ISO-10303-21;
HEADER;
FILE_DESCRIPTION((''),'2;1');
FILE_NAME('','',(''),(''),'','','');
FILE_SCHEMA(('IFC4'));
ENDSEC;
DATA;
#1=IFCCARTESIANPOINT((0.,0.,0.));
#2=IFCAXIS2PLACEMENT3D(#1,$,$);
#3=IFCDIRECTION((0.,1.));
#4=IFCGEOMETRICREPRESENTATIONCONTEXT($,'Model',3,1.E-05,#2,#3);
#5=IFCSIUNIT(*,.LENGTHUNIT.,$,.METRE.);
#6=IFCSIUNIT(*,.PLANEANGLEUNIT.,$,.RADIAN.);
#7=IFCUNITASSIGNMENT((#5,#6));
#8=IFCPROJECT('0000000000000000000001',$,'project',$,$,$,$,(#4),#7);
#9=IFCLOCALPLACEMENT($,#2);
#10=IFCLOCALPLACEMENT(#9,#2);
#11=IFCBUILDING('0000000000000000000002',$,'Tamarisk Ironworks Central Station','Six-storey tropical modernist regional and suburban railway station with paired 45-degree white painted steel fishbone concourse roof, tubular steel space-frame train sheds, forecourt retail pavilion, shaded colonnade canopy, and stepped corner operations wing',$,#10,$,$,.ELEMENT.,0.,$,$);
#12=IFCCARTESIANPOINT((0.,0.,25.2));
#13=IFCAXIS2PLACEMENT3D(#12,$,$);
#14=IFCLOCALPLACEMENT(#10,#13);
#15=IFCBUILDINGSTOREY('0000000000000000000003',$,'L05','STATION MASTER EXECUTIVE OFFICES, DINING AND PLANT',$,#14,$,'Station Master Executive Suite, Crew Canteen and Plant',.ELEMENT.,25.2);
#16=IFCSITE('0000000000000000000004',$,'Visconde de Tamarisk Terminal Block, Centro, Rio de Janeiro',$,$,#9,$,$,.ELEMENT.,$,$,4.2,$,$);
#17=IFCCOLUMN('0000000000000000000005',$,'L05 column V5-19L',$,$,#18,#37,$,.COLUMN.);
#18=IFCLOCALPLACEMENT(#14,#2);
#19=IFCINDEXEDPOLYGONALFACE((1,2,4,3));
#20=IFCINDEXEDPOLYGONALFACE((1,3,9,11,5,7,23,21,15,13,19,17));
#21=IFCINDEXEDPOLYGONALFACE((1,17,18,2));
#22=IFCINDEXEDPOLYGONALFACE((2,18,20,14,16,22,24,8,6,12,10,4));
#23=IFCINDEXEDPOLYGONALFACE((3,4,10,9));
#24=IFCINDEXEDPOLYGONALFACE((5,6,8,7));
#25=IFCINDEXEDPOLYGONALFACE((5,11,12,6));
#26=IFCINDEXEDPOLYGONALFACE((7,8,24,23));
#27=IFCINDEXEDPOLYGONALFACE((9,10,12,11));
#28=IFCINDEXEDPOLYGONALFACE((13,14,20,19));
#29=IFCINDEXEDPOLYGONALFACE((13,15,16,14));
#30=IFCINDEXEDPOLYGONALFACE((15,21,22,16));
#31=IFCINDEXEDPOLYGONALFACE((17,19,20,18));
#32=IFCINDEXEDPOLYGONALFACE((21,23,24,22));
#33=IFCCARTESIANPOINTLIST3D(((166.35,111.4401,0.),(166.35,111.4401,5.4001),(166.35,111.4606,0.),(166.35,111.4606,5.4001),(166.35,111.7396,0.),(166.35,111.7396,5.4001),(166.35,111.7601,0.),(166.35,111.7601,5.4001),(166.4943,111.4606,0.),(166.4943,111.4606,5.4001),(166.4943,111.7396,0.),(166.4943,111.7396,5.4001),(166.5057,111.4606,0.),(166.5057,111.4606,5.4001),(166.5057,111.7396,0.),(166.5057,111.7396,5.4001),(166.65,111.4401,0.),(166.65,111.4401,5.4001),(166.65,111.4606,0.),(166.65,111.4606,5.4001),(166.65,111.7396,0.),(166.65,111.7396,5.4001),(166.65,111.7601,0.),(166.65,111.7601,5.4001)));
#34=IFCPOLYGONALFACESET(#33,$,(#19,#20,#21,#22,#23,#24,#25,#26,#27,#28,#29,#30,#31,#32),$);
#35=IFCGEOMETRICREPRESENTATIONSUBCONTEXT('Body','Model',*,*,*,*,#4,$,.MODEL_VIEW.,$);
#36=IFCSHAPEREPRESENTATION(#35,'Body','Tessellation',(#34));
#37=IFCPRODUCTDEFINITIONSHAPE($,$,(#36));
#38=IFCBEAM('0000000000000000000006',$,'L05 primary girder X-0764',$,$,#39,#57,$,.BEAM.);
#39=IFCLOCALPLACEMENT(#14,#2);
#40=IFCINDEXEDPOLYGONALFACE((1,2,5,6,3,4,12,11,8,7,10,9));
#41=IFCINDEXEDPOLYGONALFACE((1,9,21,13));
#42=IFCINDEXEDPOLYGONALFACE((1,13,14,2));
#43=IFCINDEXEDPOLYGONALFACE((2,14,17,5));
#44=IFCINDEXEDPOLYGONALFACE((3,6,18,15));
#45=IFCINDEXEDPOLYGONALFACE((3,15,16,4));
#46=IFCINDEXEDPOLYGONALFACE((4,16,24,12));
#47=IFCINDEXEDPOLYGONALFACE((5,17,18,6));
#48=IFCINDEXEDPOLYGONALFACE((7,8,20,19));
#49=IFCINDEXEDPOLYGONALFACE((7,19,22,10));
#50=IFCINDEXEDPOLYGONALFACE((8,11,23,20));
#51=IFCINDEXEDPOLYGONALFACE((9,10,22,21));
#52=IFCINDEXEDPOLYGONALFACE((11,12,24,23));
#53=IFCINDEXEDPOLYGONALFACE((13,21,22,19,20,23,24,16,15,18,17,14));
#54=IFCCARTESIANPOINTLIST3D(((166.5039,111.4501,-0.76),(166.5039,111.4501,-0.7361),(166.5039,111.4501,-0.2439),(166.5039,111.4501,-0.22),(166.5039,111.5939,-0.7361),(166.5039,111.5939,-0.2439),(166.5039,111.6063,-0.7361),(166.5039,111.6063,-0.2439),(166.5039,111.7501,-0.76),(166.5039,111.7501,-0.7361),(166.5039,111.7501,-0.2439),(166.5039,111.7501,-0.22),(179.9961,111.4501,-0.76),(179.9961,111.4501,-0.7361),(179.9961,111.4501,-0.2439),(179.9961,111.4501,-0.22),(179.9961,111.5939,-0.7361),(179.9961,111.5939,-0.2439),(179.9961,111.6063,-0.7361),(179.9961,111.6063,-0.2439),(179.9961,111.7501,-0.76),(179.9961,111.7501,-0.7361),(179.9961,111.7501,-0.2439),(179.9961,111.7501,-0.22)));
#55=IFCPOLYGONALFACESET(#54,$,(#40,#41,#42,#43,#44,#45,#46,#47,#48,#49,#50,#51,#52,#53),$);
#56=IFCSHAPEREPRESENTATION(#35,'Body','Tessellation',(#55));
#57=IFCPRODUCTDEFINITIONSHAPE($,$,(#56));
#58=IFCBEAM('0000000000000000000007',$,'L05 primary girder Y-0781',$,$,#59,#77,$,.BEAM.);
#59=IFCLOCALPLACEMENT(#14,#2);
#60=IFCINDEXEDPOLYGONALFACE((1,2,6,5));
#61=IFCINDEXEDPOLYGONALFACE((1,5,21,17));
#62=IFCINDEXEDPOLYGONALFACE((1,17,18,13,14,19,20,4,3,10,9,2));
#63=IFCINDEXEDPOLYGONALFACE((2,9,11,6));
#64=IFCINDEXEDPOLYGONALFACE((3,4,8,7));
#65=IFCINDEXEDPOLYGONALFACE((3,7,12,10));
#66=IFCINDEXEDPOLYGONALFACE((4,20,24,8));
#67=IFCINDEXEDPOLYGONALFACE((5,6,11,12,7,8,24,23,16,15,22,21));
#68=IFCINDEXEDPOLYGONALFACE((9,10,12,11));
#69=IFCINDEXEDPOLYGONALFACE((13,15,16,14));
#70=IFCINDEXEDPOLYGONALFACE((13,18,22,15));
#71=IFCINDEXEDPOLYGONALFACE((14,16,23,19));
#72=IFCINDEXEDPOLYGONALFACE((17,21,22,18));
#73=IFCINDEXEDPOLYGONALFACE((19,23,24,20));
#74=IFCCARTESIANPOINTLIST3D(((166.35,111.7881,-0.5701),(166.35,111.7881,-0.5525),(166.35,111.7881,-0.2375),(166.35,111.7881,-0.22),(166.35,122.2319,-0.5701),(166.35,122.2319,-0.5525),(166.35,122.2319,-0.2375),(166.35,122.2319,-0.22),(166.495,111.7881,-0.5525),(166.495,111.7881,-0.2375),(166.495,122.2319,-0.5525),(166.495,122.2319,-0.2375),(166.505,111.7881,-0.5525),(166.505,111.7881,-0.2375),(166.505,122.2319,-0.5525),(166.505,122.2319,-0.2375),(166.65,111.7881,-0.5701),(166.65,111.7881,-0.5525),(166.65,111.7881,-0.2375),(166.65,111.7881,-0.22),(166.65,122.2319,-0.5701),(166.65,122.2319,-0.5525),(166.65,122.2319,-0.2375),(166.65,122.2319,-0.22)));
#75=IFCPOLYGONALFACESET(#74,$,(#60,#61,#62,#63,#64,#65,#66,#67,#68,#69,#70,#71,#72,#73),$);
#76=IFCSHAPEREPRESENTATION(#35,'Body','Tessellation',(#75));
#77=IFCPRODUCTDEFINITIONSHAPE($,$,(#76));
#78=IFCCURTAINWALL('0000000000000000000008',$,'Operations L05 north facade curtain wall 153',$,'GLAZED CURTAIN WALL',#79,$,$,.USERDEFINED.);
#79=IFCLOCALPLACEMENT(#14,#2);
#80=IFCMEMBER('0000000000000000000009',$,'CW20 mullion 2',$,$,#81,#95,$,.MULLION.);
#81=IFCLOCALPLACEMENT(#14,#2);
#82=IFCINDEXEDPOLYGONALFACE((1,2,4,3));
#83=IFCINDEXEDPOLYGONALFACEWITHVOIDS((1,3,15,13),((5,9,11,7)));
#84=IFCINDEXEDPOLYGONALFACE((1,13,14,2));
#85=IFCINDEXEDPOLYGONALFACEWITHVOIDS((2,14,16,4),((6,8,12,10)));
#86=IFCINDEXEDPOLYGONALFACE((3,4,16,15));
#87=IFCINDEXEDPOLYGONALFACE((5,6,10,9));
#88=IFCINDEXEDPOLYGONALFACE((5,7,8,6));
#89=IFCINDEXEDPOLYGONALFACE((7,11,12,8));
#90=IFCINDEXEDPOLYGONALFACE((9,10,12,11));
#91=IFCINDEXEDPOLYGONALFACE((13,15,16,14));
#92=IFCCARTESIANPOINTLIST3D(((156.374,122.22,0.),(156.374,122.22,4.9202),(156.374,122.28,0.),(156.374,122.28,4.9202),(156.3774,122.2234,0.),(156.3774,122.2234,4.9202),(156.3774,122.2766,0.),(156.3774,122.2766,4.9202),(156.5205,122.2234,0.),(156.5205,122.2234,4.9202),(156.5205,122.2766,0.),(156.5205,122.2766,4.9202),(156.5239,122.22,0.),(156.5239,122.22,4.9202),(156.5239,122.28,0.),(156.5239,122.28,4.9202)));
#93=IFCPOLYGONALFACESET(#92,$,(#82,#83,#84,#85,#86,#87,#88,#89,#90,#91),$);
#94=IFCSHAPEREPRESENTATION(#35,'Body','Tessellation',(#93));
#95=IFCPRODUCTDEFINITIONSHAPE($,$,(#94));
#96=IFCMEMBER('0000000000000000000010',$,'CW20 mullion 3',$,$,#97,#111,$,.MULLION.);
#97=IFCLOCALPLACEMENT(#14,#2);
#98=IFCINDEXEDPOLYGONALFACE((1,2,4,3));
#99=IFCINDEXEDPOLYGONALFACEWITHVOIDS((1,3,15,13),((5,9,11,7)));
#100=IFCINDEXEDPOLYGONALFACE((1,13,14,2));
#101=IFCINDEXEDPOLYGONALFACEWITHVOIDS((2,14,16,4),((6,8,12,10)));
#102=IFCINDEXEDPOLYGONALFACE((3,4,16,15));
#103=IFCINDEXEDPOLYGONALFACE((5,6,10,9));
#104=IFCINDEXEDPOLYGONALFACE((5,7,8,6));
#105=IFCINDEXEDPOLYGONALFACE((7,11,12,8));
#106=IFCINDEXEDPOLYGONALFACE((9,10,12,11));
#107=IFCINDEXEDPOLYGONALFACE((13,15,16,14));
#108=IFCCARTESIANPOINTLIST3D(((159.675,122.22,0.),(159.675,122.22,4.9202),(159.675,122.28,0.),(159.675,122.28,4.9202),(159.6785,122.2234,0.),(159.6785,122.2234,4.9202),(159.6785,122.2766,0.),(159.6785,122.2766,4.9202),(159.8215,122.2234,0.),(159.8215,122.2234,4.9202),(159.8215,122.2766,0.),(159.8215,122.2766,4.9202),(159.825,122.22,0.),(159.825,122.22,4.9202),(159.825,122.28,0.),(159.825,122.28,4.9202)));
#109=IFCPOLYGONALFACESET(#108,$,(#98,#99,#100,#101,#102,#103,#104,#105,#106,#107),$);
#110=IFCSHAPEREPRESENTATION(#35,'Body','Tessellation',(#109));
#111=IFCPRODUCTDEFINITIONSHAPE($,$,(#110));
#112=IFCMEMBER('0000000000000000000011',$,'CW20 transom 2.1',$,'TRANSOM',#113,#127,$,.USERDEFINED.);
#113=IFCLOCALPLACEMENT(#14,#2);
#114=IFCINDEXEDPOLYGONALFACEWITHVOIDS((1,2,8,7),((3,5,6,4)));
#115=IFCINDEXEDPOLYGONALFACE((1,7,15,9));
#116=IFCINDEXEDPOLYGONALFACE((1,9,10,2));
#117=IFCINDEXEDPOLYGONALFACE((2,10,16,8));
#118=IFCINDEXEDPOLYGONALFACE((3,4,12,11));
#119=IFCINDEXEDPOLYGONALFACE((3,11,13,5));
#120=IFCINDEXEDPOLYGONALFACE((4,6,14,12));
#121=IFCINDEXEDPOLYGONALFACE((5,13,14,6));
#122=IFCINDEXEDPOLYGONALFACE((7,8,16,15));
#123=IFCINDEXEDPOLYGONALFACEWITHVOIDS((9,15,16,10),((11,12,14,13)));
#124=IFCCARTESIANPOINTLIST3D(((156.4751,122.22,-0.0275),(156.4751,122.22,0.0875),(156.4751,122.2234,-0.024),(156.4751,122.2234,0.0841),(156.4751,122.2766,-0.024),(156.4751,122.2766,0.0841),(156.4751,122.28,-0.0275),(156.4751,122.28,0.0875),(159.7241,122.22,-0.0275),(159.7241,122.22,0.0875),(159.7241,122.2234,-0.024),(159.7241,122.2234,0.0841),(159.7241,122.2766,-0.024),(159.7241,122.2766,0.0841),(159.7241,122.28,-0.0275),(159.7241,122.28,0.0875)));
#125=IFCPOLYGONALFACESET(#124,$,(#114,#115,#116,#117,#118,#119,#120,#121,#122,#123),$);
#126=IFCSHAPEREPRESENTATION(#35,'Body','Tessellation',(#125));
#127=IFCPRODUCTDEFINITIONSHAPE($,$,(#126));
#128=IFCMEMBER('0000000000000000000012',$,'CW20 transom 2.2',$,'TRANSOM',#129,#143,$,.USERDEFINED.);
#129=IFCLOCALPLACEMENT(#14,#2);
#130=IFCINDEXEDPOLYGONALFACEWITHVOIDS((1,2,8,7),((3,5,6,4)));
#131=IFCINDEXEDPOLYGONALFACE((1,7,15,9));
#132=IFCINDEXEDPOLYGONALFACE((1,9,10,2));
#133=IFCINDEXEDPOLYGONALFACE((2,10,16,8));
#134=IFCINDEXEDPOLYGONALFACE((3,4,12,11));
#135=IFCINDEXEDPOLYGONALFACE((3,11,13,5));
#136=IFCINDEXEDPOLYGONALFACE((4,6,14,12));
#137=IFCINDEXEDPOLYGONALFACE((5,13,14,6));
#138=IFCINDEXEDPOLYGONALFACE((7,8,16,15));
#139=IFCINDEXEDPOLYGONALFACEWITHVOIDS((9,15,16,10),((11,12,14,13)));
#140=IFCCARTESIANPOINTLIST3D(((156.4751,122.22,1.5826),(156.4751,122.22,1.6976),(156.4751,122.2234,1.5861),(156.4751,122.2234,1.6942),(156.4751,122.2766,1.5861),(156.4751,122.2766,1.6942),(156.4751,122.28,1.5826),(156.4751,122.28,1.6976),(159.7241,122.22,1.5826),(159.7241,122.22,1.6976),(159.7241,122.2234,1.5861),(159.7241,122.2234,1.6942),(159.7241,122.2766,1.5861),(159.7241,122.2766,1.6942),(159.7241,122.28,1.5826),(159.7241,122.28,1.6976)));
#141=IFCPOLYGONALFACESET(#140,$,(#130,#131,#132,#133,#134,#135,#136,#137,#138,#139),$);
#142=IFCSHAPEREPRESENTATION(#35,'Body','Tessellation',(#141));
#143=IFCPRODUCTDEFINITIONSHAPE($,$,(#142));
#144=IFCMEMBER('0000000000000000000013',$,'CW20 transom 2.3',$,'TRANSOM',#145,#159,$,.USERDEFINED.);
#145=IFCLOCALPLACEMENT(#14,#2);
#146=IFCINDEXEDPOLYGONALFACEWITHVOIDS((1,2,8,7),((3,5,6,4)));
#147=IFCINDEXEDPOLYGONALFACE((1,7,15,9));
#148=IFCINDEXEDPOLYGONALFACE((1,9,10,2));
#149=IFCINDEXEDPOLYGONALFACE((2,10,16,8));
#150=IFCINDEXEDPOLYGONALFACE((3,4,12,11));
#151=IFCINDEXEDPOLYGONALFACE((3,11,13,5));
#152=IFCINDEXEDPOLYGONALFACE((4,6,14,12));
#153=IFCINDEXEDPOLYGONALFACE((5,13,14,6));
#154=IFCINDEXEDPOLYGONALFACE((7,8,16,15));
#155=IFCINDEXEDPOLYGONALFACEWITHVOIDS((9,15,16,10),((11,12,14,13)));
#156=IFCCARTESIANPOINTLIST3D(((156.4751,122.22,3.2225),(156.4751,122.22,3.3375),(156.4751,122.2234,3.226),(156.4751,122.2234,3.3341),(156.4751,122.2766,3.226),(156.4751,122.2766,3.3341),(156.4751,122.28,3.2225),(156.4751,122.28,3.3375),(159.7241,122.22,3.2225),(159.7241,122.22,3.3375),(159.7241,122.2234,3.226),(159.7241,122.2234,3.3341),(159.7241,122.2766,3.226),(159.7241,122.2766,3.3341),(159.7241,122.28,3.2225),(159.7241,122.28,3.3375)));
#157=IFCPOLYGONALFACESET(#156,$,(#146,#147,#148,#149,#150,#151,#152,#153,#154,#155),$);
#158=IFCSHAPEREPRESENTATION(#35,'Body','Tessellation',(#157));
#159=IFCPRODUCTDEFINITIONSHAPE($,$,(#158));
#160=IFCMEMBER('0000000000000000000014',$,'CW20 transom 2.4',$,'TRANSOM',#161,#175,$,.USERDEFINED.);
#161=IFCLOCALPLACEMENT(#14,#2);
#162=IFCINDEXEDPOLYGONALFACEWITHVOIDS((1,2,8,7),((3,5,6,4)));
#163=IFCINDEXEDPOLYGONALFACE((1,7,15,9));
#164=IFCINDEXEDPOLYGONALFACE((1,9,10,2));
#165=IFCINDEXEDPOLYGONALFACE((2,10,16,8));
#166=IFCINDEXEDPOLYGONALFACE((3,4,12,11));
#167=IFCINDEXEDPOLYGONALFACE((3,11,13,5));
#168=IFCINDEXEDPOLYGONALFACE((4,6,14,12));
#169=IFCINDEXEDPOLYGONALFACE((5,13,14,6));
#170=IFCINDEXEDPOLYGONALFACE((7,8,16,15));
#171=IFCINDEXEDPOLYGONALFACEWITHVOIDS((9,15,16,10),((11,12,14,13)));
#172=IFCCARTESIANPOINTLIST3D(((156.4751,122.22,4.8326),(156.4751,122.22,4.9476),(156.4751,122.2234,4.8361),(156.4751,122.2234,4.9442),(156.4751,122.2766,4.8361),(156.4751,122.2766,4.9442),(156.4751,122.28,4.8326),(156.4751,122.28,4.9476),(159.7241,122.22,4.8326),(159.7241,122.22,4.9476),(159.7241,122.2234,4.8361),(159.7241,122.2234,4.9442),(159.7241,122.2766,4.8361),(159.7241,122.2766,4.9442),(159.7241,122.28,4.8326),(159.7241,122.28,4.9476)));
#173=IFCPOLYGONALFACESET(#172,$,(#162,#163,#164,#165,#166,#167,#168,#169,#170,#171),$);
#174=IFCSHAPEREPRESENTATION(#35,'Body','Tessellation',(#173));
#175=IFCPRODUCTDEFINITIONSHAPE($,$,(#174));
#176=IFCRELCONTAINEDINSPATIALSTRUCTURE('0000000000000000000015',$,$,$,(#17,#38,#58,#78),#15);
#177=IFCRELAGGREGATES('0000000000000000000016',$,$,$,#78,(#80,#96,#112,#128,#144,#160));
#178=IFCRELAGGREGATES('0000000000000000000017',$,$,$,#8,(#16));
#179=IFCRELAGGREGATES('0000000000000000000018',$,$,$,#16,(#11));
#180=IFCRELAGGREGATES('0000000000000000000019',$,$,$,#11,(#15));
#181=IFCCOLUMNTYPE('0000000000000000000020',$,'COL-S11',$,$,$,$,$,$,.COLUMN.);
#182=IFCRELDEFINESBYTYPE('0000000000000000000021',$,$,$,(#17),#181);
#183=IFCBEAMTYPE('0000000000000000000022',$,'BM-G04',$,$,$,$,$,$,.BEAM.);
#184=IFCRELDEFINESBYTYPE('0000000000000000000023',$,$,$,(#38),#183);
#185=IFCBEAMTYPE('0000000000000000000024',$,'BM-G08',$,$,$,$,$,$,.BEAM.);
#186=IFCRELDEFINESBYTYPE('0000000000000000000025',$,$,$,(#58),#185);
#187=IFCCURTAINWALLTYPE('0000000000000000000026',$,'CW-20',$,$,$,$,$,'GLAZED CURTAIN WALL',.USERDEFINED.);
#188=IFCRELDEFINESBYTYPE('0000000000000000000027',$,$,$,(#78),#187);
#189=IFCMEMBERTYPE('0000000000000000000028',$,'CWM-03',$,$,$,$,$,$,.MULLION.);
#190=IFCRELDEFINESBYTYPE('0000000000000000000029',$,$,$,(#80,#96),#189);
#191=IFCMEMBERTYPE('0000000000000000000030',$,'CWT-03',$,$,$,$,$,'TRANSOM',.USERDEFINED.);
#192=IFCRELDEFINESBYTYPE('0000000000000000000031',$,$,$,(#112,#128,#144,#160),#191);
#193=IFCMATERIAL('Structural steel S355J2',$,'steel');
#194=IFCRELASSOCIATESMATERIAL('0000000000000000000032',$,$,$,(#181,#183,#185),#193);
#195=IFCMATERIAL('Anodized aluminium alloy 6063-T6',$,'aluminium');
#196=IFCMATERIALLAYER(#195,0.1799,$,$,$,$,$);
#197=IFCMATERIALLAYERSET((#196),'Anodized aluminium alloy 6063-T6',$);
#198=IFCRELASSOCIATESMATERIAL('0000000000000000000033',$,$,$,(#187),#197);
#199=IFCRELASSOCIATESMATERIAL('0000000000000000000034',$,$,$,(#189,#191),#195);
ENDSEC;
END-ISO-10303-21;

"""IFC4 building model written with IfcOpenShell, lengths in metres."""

from ifc_helpers import new_model, si_unit, direction, frame, origin, origin_2d, place, context, subcontext, project, spatial, hollow_rectangle, i_section, extrude, material, layer, layer_set, material_profile, profile_set, type_object, element, aggregate, save


model = new_model("IFC4")

# Units and contexts
model_context = context("Model", 3, precision=1e-05, world=origin(), true_north=direction((0.0, 1.0)))
body_context = subcontext(model_context, "Body", "Model", "MODEL_VIEW")
ifc_project = project(units=[si_unit("LENGTHUNIT", "METRE"), si_unit("PLANEANGLEUNIT", "RADIAN")], contexts=[model_context])

# Site, building, storey
site_placement = place(None, origin())
site = spatial("IfcSite", under=ifc_project, at=site_placement, Name="Visconde de Tamarisk Terminal Block, Centro, Rio de Janeiro", CompositionType="ELEMENT", RefElevation=4.2)
building_placement = place(site_placement, origin())
building = spatial("IfcBuilding", under=site, at=building_placement, Name="Tamarisk Ironworks Central Station", Description="Six-storey tropical modernist regional and suburban railway station with paired 45-degree white painted steel fishbone concourse roof, tubular steel space-frame train sheds, forecourt retail pavilion, shaded colonnade canopy, and stepped corner operations wing", CompositionType="ELEMENT", ElevationOfRefHeight=0.0)
storey_placement = place(building_placement, frame((0.0, 0.0, 25.2)))
storey = spatial("IfcBuildingStorey", under=building, at=storey_placement, Name="L05", Description="STATION MASTER EXECUTIVE OFFICES, DINING AND PLANT", LongName="Station Master Executive Suite, Crew Canteen and Plant", CompositionType="ELEMENT", Elevation=25.2)

# Column
ifc_material_1 = material(Name="Structural steel S355J2", Category="steel")
ifc_material_profile_1 = material_profile(ifc_material_1, i_section(OverallWidth=0.3, OverallDepth=0.3201, WebThickness=0.0115, FlangeThickness=0.0205, at=origin_2d()), Name="HEB 320")
ifc_profile_set_1 = profile_set([ifc_material_profile_1], Name="Structural steel S355J2")
column_type = type_object("IfcColumnType", Name="COL-S11", PredefinedType="COLUMN", material=ifc_profile_set_1)
column_placement = place(storey_placement, frame((166.5, 111.6001, 0.0), z_axis=(0.0, 0.0, 1.0), x_axis=(1.0, 0.0, 0.0)))
element("IfcColumn", 1, at=column_placement, inside=storey, type_object=column_type, Name="L05 column V5-19L", PredefinedType="COLUMN", context=body_context, shape_type="SweptSolid", body=[
    extrude(i_section(OverallWidth=0.3, OverallDepth=0.3201, WebThickness=0.0115, FlangeThickness=0.0205, at=origin_2d()), origin(), (0.0, 0.0, 1.0), 5.4001),
])

# Beams
ifc_material_profile_2 = material_profile(ifc_material_1, i_section(OverallWidth=0.3, OverallDepth=0.54, WebThickness=0.0125, FlangeThickness=0.0239, at=origin_2d()), Name="HEA 550")
ifc_profile_set_2 = profile_set([ifc_material_profile_2], Name="Structural steel S355J2")
beam_type_1 = type_object("IfcBeamType", Name="BM-G04", PredefinedType="BEAM", material=ifc_profile_set_2)
beam_1_placement = place(storey_placement, frame((166.5039, 111.6001, -0.49), z_axis=(1.0, 0.0, 0.0), x_axis=(0.0, 1.0, 0.0)))
element("IfcBeam", 2, at=beam_1_placement, inside=storey, type_object=beam_type_1, Name="L05 primary girder X-0764", PredefinedType="BEAM", context=body_context, shape_type="SweptSolid", body=[
    extrude(i_section(OverallWidth=0.3, OverallDepth=0.54, WebThickness=0.0125, FlangeThickness=0.0239, at=origin_2d()), origin(), (0.0, 0.0, 1.0), 13.4922),
])
ifc_material_profile_3 = material_profile(ifc_material_1, i_section(OverallWidth=0.3, OverallDepth=0.3501, WebThickness=0.01, FlangeThickness=0.0176, at=origin_2d()), Name="HEA 360")
ifc_profile_set_3 = profile_set([ifc_material_profile_3], Name="Structural steel S355J2")
beam_type_2 = type_object("IfcBeamType", Name="BM-G08", PredefinedType="BEAM", material=ifc_profile_set_3)
beam_2_placement = place(storey_placement, frame((166.5, 111.7881, -0.395), z_axis=(0.0, 1.0, 0.0), x_axis=(-1.0, 0.0, 0.0)))
element("IfcBeam", 3, at=beam_2_placement, inside=storey, type_object=beam_type_2, Name="L05 primary girder Y-0781", PredefinedType="BEAM", context=body_context, shape_type="SweptSolid", body=[
    extrude(i_section(OverallWidth=0.3, OverallDepth=0.3501, WebThickness=0.01, FlangeThickness=0.0176, at=origin_2d()), origin(), (0.0, 0.0, 1.0), 10.4438),
])

# Curtain wall, members
ifc_material_2 = material(Name="Anodized aluminium alloy 6063-T6", Category="aluminium")
ifc_layer_1 = layer(ifc_material_2, 0.1799)
ifc_layer_set_1 = layer_set([ifc_layer_1], Name="Anodized aluminium alloy 6063-T6")
curtain_wall_type = type_object("IfcCurtainWallType", Name="CW-20", ElementType="GLAZED CURTAIN WALL", PredefinedType="USERDEFINED", material=ifc_layer_set_1)
curtain_wall_placement = place(storey_placement, origin())
curtain_wall = element("IfcCurtainWall", 4, at=curtain_wall_placement, inside=storey, type_object=curtain_wall_type, Name="Operations L05 north facade curtain wall 153", ObjectType="GLAZED CURTAIN WALL", PredefinedType="USERDEFINED")
ifc_material_profile_4 = material_profile(ifc_material_2, hollow_rectangle(XDim=0.0601, YDim=0.1499, WallThickness=0.0034, at=origin_2d()), Name="ALUM 150x60")
ifc_profile_set_4 = profile_set([ifc_material_profile_4], Name="Anodized aluminium alloy 6063-T6")
member_type_1 = type_object("IfcMemberType", Name="CWM-03", PredefinedType="MULLION", material=ifc_profile_set_4)
member_1_placement = place(storey_placement, frame((156.449, 122.25, 0.0), z_axis=(0.0, 0.0, 1.0), x_axis=(0.0, 1.0, 0.0)))
member_1 = element("IfcMember", 5, at=member_1_placement, type_object=member_type_1, Name="CW20 mullion 2", PredefinedType="MULLION", context=body_context, shape_type="SweptSolid", body=[
    extrude(hollow_rectangle(XDim=0.0601, YDim=0.1499, WallThickness=0.0034, at=origin_2d()), origin(), (0.0, 0.0, 1.0), 4.9202),
])
member_2_placement = place(storey_placement, frame((159.75, 122.25, 0.0), z_axis=(0.0, 0.0, 1.0), x_axis=(0.0, 1.0, 0.0)))
member_2 = element("IfcMember", 6, at=member_2_placement, type_object=member_type_1, Name="CW20 mullion 3", PredefinedType="MULLION", context=body_context, shape_type="SweptSolid", body=[
    extrude(hollow_rectangle(XDim=0.0601, YDim=0.1499, WallThickness=0.0034, at=origin_2d()), origin(), (0.0, 0.0, 1.0), 4.9202),
])
ifc_material_profile_5 = material_profile(ifc_material_2, hollow_rectangle(XDim=0.0601, YDim=0.115, WallThickness=0.0034, at=origin_2d()), Name="ALUM 115x60")
ifc_profile_set_5 = profile_set([ifc_material_profile_5], Name="Anodized aluminium alloy 6063-T6")
member_type_2 = type_object("IfcMemberType", Name="CWT-03", ElementType="TRANSOM", PredefinedType="USERDEFINED", material=ifc_profile_set_5)
member_3_placement = place(storey_placement, frame((156.4751, 122.25, 0.03), z_axis=(1.0, 0.0, 0.0), x_axis=(0.0, 1.0, 0.0)))
member_3 = element("IfcMember", 7, at=member_3_placement, type_object=member_type_2, Name="CW20 transom 2.1", ObjectType="TRANSOM", PredefinedType="USERDEFINED", context=body_context, shape_type="SweptSolid", body=[
    extrude(hollow_rectangle(XDim=0.0601, YDim=0.115, WallThickness=0.0034, at=origin_2d()), origin(), (0.0, 0.0, 1.0), 3.249),
])
member_4_placement = place(storey_placement, frame((156.4751, 122.25, 1.6401), z_axis=(1.0, 0.0, 0.0), x_axis=(0.0, 1.0, 0.0)))
member_4 = element("IfcMember", 8, at=member_4_placement, type_object=member_type_2, Name="CW20 transom 2.2", ObjectType="TRANSOM", PredefinedType="USERDEFINED", context=body_context, shape_type="SweptSolid", body=[
    extrude(hollow_rectangle(XDim=0.0601, YDim=0.115, WallThickness=0.0034, at=origin_2d()), origin(), (0.0, 0.0, 1.0), 3.249),
])
member_5_placement = place(storey_placement, frame((156.4751, 122.25, 3.28), z_axis=(1.0, 0.0, 0.0), x_axis=(0.0, 1.0, 0.0)))
member_5 = element("IfcMember", 9, at=member_5_placement, type_object=member_type_2, Name="CW20 transom 2.3", ObjectType="TRANSOM", PredefinedType="USERDEFINED", context=body_context, shape_type="SweptSolid", body=[
    extrude(hollow_rectangle(XDim=0.0601, YDim=0.115, WallThickness=0.0034, at=origin_2d()), origin(), (0.0, 0.0, 1.0), 3.249),
])
member_6_placement = place(storey_placement, frame((156.4751, 122.25, 4.8901), z_axis=(1.0, 0.0, 0.0), x_axis=(0.0, 1.0, 0.0)))
member_6 = element("IfcMember", 10, at=member_6_placement, type_object=member_type_2, Name="CW20 transom 2.4", ObjectType="TRANSOM", PredefinedType="USERDEFINED", context=body_context, shape_type="SweptSolid", body=[
    extrude(hollow_rectangle(XDim=0.0601, YDim=0.115, WallThickness=0.0034, at=origin_2d()), origin(), (0.0, 0.0, 1.0), 3.249),
])
aggregate(curtain_wall, [member_1, member_2, member_3, member_4, member_5, member_6])

save(model, "model.ifc")
